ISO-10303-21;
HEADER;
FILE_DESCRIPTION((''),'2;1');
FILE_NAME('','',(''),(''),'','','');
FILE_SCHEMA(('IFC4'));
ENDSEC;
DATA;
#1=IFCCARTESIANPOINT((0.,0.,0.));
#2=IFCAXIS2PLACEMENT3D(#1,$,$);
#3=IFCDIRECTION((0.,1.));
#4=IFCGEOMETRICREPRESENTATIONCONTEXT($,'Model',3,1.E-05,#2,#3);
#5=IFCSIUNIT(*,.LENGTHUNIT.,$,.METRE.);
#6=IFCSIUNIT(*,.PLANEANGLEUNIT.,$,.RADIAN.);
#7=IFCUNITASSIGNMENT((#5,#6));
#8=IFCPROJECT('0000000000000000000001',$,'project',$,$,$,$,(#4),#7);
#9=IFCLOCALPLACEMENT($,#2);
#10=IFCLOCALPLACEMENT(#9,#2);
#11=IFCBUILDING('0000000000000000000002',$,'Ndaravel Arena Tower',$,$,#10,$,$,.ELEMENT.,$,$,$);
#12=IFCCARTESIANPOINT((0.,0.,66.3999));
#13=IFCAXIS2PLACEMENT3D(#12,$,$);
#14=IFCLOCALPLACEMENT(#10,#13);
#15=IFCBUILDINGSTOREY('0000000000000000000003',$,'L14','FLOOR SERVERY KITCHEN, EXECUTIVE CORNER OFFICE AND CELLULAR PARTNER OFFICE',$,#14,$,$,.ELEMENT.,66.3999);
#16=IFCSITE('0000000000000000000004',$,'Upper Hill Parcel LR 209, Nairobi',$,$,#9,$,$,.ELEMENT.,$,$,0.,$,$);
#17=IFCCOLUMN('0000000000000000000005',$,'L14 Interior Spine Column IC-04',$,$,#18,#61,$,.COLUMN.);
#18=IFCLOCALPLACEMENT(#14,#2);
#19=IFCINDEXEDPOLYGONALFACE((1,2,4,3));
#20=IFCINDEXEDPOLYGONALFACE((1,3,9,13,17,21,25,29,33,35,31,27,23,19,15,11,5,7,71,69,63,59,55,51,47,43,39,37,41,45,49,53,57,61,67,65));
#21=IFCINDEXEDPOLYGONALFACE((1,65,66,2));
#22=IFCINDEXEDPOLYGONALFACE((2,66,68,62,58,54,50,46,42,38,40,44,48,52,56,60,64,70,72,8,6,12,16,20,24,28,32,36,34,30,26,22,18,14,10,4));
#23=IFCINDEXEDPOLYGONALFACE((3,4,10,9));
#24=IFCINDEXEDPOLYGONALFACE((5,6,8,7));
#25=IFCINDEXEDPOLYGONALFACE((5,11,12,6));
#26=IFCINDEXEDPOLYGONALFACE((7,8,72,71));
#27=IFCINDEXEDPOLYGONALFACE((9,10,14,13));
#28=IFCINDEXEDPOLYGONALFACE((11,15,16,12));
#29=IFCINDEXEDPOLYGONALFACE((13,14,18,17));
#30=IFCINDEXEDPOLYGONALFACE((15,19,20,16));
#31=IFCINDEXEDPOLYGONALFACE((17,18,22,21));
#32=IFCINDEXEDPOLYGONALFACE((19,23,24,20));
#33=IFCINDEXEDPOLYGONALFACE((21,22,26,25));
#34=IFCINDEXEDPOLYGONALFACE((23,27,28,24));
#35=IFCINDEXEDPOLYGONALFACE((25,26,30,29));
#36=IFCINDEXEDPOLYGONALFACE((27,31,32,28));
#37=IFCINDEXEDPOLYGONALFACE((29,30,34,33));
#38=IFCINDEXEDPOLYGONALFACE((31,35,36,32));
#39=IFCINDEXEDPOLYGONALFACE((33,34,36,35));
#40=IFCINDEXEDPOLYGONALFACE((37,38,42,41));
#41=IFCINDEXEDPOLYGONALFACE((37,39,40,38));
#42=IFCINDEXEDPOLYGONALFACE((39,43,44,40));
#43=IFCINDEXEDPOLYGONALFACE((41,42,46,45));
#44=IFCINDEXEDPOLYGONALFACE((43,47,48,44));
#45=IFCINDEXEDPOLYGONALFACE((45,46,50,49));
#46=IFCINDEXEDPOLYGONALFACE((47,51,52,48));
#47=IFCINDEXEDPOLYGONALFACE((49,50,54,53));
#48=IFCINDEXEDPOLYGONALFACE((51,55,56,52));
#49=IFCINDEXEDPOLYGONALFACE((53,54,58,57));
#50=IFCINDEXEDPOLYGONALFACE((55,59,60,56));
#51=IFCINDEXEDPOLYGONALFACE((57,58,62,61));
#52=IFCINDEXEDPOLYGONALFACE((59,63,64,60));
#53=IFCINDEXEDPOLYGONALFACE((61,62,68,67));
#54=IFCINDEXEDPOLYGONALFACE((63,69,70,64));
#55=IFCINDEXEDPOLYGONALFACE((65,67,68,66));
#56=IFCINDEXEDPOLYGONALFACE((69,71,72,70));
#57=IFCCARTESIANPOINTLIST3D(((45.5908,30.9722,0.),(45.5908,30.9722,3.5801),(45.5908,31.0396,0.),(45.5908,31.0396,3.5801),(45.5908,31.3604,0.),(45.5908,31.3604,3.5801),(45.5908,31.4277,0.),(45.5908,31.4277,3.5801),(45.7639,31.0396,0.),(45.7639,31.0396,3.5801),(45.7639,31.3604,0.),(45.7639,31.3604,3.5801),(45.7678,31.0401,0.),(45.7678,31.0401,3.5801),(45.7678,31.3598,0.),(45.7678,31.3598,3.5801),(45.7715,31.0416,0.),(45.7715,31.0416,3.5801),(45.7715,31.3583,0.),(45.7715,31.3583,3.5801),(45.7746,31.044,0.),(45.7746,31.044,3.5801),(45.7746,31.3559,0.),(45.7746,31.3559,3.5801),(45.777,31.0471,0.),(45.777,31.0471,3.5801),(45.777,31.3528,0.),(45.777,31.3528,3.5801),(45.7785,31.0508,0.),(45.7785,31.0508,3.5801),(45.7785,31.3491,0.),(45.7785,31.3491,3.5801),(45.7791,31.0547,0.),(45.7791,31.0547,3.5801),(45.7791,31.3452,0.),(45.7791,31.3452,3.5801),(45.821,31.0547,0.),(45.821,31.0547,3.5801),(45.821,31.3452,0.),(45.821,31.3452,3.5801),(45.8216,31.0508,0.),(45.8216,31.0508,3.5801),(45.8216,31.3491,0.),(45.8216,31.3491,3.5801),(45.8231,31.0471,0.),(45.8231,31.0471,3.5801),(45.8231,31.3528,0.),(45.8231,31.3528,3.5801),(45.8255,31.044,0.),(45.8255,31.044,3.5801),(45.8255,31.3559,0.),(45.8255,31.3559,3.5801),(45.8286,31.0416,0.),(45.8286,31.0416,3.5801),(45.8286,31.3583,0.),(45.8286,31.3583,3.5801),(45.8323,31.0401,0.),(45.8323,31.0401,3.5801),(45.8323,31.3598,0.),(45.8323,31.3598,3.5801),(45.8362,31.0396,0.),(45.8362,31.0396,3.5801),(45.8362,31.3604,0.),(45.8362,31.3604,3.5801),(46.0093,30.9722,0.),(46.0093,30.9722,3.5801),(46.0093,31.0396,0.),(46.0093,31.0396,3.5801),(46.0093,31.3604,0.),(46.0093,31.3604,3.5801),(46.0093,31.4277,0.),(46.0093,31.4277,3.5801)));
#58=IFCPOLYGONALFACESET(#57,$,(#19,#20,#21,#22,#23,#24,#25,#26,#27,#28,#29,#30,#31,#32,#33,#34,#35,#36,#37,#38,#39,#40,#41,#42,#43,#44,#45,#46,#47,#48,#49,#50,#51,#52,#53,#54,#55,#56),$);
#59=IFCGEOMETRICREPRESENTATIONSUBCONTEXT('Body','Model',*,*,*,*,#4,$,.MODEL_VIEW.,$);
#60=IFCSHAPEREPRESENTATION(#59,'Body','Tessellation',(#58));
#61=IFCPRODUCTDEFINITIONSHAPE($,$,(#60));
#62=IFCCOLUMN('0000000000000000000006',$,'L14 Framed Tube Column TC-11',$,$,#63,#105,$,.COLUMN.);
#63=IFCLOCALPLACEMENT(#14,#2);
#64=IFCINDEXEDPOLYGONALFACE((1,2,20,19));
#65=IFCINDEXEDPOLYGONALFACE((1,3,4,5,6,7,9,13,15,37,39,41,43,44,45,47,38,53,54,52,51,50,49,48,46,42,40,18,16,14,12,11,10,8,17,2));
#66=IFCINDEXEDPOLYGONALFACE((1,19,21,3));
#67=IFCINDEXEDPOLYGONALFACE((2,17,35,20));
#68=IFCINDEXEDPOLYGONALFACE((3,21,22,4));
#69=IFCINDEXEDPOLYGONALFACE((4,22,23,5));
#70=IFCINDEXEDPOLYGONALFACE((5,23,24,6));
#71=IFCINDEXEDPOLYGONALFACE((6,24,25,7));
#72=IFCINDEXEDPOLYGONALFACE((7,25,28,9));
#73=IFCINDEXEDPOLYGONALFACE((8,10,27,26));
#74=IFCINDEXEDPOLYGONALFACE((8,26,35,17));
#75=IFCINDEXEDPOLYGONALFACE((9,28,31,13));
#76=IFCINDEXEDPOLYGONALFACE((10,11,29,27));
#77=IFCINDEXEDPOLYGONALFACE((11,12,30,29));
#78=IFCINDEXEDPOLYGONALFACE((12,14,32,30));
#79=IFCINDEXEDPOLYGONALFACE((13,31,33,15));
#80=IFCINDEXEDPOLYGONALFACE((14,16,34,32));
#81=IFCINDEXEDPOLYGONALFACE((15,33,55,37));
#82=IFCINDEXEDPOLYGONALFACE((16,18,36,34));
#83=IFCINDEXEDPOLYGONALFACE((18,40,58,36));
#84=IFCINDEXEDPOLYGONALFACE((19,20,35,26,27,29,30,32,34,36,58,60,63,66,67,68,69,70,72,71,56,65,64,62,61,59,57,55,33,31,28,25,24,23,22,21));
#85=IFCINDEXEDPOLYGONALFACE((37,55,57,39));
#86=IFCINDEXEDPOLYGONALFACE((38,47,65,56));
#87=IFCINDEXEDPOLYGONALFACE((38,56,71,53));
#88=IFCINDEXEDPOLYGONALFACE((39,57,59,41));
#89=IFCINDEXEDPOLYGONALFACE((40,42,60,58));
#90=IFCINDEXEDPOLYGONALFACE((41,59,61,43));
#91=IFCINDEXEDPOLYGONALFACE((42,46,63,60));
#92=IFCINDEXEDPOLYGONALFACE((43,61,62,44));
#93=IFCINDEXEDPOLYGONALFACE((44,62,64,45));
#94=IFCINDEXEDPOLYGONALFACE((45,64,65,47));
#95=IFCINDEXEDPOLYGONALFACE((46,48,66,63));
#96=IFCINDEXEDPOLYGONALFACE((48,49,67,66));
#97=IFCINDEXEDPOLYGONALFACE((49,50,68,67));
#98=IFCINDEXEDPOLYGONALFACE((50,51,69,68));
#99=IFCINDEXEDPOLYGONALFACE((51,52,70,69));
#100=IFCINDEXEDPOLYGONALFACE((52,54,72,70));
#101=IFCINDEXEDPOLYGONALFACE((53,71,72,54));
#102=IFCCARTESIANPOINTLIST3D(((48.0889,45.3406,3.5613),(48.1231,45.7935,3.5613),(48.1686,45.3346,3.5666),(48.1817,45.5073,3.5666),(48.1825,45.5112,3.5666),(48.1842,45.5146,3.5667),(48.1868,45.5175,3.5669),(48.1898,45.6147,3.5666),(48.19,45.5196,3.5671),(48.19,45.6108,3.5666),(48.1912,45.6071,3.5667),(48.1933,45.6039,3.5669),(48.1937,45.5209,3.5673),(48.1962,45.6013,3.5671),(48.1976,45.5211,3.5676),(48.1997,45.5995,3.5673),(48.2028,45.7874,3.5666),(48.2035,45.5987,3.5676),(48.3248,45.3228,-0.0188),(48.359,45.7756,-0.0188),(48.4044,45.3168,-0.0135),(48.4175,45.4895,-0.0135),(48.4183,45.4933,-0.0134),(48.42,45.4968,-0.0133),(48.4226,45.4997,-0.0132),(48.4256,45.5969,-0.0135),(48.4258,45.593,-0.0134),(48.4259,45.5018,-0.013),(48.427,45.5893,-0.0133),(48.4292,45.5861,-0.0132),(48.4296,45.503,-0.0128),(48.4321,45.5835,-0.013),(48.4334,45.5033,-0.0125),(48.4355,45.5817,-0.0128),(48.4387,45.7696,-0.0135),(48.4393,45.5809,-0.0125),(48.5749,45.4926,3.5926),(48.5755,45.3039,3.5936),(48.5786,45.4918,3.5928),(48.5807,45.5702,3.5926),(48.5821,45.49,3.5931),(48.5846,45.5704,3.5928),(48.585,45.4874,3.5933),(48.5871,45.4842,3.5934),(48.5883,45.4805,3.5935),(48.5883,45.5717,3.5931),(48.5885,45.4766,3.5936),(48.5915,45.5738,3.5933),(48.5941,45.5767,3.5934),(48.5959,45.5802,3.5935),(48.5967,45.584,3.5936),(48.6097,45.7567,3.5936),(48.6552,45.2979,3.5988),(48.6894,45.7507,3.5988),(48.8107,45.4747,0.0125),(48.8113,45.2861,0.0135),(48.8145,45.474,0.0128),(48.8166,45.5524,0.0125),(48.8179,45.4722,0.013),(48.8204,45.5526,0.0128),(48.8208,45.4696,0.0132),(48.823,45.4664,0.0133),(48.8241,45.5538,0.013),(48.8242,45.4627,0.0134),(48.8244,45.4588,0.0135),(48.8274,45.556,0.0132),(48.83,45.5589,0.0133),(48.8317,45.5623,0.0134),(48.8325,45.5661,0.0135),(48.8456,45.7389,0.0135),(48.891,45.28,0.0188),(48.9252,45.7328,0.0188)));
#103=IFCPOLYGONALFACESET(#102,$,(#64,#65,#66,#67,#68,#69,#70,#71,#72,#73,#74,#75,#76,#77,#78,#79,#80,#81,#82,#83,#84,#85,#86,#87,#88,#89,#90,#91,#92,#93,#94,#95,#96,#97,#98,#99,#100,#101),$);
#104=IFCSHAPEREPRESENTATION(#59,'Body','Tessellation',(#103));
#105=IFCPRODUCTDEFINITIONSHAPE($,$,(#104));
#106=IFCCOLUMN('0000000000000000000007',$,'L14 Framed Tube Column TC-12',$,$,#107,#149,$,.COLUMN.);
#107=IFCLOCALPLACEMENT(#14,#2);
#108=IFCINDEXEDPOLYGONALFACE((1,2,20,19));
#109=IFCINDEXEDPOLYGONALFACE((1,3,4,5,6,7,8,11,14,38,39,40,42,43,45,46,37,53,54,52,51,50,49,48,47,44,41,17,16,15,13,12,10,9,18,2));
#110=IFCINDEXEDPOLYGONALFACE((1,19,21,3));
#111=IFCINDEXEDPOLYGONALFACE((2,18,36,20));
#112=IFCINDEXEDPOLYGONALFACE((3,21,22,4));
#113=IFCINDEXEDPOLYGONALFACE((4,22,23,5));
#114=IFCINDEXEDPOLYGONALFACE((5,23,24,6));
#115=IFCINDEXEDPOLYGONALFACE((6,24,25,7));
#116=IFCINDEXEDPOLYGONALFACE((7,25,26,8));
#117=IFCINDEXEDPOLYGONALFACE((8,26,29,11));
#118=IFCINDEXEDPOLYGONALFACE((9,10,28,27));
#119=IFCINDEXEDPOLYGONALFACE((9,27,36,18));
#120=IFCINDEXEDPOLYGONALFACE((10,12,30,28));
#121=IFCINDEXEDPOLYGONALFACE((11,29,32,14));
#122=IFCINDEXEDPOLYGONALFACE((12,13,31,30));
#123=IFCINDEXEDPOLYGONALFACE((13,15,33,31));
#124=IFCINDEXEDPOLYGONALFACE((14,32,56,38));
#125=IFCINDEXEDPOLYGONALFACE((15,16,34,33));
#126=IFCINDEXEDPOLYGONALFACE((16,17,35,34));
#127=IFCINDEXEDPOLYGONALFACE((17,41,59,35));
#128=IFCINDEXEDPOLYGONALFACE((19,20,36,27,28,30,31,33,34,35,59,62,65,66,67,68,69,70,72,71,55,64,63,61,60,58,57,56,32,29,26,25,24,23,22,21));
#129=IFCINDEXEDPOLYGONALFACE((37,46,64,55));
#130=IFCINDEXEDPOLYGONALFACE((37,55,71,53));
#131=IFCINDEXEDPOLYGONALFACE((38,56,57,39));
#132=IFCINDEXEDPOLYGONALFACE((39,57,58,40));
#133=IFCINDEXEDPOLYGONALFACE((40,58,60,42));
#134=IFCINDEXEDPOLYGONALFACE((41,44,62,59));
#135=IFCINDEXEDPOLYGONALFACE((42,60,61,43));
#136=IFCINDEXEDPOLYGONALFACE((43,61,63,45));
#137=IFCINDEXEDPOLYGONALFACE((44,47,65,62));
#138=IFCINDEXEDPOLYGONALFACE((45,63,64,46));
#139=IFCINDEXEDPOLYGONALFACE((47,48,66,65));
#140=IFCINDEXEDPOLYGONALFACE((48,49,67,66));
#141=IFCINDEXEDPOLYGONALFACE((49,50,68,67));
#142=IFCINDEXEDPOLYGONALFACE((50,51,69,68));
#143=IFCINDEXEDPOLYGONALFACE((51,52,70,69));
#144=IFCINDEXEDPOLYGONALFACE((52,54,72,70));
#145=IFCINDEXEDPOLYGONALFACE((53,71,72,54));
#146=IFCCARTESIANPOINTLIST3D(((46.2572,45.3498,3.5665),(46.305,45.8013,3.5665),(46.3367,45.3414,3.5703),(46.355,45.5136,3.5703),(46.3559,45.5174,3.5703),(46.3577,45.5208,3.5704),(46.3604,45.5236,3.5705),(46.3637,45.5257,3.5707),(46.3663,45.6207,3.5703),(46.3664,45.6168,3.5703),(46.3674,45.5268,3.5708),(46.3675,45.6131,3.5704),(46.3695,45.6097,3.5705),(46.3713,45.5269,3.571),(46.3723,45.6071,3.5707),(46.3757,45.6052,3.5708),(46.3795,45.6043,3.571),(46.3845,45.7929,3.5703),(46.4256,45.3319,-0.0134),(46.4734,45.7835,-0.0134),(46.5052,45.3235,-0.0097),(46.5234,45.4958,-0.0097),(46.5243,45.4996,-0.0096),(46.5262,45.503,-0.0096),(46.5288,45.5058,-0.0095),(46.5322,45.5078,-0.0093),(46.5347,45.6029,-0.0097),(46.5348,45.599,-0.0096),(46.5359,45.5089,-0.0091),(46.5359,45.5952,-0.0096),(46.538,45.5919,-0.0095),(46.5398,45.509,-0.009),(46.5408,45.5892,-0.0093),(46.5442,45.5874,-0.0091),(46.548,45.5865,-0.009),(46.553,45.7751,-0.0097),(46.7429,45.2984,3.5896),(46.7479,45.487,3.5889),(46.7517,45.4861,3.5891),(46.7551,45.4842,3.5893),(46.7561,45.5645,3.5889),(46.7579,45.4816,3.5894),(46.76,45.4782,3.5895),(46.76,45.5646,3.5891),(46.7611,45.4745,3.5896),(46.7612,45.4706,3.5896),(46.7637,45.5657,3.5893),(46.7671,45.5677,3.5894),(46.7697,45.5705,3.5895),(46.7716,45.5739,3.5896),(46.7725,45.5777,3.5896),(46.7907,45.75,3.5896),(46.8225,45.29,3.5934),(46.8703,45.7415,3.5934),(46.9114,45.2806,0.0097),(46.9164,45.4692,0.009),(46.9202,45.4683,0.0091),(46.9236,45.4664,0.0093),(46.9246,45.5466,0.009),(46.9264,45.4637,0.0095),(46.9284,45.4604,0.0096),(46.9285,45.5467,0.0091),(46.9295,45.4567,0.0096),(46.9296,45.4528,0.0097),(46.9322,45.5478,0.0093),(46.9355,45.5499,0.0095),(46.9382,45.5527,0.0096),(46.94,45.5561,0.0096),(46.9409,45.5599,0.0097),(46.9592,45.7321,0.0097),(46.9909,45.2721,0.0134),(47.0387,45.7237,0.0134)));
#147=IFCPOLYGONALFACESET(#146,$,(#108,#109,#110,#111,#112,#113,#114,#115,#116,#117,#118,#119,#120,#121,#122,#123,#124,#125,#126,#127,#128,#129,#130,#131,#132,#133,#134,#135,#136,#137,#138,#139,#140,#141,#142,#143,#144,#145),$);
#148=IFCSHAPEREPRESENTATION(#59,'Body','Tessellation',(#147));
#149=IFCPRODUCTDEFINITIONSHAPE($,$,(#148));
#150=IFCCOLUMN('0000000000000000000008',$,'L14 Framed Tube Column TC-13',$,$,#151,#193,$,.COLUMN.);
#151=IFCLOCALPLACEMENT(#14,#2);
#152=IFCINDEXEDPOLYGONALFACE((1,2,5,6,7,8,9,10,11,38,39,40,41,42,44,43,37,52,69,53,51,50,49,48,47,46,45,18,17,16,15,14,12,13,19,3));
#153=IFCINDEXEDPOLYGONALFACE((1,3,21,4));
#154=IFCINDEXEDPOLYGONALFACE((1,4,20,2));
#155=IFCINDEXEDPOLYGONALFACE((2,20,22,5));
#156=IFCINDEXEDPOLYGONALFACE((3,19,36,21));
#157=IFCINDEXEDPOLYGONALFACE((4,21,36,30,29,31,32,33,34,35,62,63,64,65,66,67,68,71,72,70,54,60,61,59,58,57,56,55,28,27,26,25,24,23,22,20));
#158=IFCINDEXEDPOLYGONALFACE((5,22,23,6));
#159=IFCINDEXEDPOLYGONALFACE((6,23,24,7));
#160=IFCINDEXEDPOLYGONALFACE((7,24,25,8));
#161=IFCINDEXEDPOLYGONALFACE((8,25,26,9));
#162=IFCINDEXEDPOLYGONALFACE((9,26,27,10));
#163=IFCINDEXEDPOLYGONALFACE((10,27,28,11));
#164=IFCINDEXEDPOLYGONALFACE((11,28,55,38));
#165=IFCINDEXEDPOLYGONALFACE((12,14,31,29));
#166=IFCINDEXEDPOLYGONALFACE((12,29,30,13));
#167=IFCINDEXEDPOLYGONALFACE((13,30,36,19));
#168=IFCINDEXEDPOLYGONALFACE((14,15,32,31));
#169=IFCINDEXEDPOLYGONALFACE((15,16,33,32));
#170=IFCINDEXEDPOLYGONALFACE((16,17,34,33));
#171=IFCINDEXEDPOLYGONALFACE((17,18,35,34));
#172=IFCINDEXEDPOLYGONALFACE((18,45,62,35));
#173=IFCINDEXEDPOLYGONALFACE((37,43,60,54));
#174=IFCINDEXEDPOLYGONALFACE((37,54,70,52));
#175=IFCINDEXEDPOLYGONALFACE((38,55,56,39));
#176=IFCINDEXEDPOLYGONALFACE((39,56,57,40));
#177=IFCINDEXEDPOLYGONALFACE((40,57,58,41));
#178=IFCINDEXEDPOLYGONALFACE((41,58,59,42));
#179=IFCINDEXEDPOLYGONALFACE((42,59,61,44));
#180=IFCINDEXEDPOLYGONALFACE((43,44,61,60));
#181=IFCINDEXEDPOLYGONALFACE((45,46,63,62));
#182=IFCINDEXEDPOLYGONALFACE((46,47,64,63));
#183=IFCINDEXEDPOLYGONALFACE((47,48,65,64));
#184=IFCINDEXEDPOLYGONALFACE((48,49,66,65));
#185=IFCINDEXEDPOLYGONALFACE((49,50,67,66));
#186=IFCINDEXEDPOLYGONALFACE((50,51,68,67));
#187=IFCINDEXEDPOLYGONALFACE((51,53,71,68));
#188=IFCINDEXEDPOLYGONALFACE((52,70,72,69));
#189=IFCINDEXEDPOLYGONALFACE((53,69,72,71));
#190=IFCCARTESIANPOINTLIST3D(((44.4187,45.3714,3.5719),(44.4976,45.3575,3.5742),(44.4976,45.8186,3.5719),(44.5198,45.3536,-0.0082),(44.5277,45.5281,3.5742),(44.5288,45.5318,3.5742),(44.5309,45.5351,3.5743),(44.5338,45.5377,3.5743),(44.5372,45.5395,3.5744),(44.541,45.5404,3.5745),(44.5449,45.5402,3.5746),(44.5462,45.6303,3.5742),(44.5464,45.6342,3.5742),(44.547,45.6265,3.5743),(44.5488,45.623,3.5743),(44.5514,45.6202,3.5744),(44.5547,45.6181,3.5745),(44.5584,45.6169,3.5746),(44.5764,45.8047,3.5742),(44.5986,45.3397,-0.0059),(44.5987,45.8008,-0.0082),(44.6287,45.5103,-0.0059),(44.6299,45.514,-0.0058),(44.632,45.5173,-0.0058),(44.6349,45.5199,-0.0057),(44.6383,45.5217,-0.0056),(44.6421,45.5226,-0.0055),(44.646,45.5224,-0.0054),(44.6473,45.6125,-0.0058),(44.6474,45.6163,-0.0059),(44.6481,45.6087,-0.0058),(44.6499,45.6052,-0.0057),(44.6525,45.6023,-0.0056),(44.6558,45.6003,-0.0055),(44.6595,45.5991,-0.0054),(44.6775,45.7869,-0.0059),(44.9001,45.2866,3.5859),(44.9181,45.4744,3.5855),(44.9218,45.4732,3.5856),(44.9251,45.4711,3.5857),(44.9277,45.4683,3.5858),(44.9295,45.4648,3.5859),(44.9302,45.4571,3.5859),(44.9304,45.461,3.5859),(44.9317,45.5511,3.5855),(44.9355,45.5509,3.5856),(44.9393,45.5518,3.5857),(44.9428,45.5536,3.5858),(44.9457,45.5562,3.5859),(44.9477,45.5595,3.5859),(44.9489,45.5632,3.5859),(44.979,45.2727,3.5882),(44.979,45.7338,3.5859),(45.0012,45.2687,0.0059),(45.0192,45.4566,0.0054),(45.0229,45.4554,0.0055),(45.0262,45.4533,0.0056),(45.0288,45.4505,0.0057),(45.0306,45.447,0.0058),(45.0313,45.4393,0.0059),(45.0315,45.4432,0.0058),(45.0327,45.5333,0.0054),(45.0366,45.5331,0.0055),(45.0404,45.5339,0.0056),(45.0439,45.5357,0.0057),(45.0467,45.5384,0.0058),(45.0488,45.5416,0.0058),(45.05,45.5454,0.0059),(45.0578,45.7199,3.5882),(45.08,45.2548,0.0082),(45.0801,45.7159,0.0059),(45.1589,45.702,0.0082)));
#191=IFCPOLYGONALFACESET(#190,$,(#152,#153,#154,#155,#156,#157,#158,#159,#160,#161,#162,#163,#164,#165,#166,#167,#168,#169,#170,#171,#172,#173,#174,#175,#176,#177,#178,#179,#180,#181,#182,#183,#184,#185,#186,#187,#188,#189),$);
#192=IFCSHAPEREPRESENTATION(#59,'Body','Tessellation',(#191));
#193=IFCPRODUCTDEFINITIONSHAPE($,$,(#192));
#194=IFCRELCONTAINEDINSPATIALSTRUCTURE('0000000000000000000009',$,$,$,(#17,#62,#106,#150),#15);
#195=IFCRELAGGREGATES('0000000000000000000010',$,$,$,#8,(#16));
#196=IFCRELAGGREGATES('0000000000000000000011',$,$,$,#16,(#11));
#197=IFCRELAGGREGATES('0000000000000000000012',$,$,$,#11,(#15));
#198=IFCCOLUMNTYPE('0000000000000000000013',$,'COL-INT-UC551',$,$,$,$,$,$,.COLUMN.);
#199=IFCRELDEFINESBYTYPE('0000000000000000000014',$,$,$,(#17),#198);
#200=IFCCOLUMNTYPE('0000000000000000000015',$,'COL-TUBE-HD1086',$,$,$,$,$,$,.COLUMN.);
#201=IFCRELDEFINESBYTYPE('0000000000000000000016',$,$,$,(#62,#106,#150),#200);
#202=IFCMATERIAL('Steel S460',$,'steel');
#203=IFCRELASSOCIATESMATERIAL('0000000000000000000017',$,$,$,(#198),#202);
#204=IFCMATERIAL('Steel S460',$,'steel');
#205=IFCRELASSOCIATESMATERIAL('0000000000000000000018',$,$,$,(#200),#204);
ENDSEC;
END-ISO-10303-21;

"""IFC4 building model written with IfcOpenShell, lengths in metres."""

from ifc_helpers import new_model, si_unit, direction, frame, origin, origin_2d, place, context, subcontext, project, spatial, i_section, extrude, material, material_profile, profile_set, type_object, element, save


model = new_model("IFC4")

# Units and contexts
model_context = context("Model", 3, precision=1e-05, world=origin(), true_north=direction((0.0, 1.0)))
body_context = subcontext(model_context, "Body", "Model", "MODEL_VIEW")
ifc_project = project(units=[si_unit("LENGTHUNIT", "METRE"), si_unit("PLANEANGLEUNIT", "RADIAN")], contexts=[model_context])

# Site, building, storey
site_placement = place(None, origin())
site = spatial("IfcSite", under=ifc_project, at=site_placement, Name="Upper Hill Parcel LR 209, Nairobi", CompositionType="ELEMENT", RefElevation=0.0)
building_placement = place(site_placement, origin())
building = spatial("IfcBuilding", under=site, at=building_placement, Name="Ndaravel Arena Tower", CompositionType="ELEMENT")
storey_placement = place(building_placement, frame((0.0, 0.0, 66.3999)))
storey = spatial("IfcBuildingStorey", under=building, at=storey_placement, Name="L14", Description="FLOOR SERVERY KITCHEN, EXECUTIVE CORNER OFFICE AND CELLULAR PARTNER OFFICE", CompositionType="ELEMENT", Elevation=66.3999)

# Columns
ifc_material_1 = material(Name="Steel S460", Category="steel")
ifc_material_profile_1 = material_profile(ifc_material_1, i_section(OverallWidth=0.4185, OverallDepth=0.4556, WebThickness=0.042, FlangeThickness=0.0674, FilletRadius=0.0151, at=origin_2d()), Name="UC 356x406x551")
ifc_profile_set_1 = profile_set([ifc_material_profile_1], Name="Steel S460")
column_type_1 = type_object("IfcColumnType", Name="COL-INT-UC551", PredefinedType="COLUMN", material=ifc_profile_set_1)
column_1_placement = place(storey_placement, frame((45.8, 31.2, 0.0), z_axis=(0.0, 0.0, 1.0), x_axis=(1.0, 0.0, 0.0)))
element("IfcColumn", 1, at=column_1_placement, inside=storey, type_object=column_type_1, Name="L14 Interior Spine Column IC-04", PredefinedType="COLUMN", context=body_context, shape_type="SweptSolid", body=[
    extrude(i_section(OverallWidth=0.4185, OverallDepth=0.4556, WebThickness=0.042, FlangeThickness=0.0674, FilletRadius=0.0151, at=origin_2d()), origin(), (0.0, 0.0, 1.0), 3.5801),
])
ifc_material_2 = material(Name="Steel S460", Category="steel")
ifc_material_profile_2 = material_profile(ifc_material_2, i_section(OverallWidth=0.4541, OverallDepth=0.5691, WebThickness=0.0779, FlangeThickness=0.0801, FilletRadius=0.0149, at=origin_2d()), Name="HD 400x1086")
ifc_profile_set_2 = profile_set([ifc_material_profile_2], Name="Steel S460")
column_type_2 = type_object("IfcColumnType", Name="COL-TUBE-HD1086", PredefinedType="COLUMN", material=ifc_profile_set_2)
column_2_placement = place(storey_placement, frame((48.625, 45.5278, 0.0), z_axis=(-0.065732, 0.004967, 0.997825), x_axis=(-0.075354, -0.997157, 0.0)))
element("IfcColumn", 2, at=column_2_placement, inside=storey, type_object=column_type_2, Name="L14 Framed Tube Column TC-11", PredefinedType="COLUMN", context=body_context, shape_type="SweptSolid", body=[
    extrude(i_section(OverallWidth=0.4541, OverallDepth=0.5691, WebThickness=0.0779, FlangeThickness=0.0801, FilletRadius=0.0149, at=origin_2d()), origin(), (0.0, 0.0, 1.0), 3.5879),
])
column_3_placement = place(storey_placement, frame((46.7322, 45.5278, 0.0), z_axis=(-0.047001, 0.004973, 0.998882), x_axis=(-0.10521, -0.99445, 0.0)))
element("IfcColumn", 3, at=column_3_placement, inside=storey, type_object=column_type_2, Name="L14 Framed Tube Column TC-12", PredefinedType="COLUMN", context=body_context, shape_type="SweptSolid", body=[
    extrude(i_section(OverallWidth=0.4541, OverallDepth=0.5691, WebThickness=0.0779, FlangeThickness=0.0801, FilletRadius=0.0149, at=origin_2d()), origin(), (0.0, 0.0, 1.0), 3.584),
])
column_4_placement = place(storey_placement, frame((44.8394, 45.5278, 0.0), z_axis=(-0.028221, 0.004976, 0.999589), x_axis=(-0.17365, -0.984807, 0.0)))
element("IfcColumn", 4, at=column_4_placement, inside=storey, type_object=column_type_2, Name="L14 Framed Tube Column TC-13", PredefinedType="COLUMN", context=body_context, shape_type="SweptSolid", body=[
    extrude(i_section(OverallWidth=0.4541, OverallDepth=0.5691, WebThickness=0.0779, FlangeThickness=0.0801, FilletRadius=0.0149, at=origin_2d()), origin(), (0.0, 0.0, 1.0), 3.5815),
])

save(model, "model.ifc")
